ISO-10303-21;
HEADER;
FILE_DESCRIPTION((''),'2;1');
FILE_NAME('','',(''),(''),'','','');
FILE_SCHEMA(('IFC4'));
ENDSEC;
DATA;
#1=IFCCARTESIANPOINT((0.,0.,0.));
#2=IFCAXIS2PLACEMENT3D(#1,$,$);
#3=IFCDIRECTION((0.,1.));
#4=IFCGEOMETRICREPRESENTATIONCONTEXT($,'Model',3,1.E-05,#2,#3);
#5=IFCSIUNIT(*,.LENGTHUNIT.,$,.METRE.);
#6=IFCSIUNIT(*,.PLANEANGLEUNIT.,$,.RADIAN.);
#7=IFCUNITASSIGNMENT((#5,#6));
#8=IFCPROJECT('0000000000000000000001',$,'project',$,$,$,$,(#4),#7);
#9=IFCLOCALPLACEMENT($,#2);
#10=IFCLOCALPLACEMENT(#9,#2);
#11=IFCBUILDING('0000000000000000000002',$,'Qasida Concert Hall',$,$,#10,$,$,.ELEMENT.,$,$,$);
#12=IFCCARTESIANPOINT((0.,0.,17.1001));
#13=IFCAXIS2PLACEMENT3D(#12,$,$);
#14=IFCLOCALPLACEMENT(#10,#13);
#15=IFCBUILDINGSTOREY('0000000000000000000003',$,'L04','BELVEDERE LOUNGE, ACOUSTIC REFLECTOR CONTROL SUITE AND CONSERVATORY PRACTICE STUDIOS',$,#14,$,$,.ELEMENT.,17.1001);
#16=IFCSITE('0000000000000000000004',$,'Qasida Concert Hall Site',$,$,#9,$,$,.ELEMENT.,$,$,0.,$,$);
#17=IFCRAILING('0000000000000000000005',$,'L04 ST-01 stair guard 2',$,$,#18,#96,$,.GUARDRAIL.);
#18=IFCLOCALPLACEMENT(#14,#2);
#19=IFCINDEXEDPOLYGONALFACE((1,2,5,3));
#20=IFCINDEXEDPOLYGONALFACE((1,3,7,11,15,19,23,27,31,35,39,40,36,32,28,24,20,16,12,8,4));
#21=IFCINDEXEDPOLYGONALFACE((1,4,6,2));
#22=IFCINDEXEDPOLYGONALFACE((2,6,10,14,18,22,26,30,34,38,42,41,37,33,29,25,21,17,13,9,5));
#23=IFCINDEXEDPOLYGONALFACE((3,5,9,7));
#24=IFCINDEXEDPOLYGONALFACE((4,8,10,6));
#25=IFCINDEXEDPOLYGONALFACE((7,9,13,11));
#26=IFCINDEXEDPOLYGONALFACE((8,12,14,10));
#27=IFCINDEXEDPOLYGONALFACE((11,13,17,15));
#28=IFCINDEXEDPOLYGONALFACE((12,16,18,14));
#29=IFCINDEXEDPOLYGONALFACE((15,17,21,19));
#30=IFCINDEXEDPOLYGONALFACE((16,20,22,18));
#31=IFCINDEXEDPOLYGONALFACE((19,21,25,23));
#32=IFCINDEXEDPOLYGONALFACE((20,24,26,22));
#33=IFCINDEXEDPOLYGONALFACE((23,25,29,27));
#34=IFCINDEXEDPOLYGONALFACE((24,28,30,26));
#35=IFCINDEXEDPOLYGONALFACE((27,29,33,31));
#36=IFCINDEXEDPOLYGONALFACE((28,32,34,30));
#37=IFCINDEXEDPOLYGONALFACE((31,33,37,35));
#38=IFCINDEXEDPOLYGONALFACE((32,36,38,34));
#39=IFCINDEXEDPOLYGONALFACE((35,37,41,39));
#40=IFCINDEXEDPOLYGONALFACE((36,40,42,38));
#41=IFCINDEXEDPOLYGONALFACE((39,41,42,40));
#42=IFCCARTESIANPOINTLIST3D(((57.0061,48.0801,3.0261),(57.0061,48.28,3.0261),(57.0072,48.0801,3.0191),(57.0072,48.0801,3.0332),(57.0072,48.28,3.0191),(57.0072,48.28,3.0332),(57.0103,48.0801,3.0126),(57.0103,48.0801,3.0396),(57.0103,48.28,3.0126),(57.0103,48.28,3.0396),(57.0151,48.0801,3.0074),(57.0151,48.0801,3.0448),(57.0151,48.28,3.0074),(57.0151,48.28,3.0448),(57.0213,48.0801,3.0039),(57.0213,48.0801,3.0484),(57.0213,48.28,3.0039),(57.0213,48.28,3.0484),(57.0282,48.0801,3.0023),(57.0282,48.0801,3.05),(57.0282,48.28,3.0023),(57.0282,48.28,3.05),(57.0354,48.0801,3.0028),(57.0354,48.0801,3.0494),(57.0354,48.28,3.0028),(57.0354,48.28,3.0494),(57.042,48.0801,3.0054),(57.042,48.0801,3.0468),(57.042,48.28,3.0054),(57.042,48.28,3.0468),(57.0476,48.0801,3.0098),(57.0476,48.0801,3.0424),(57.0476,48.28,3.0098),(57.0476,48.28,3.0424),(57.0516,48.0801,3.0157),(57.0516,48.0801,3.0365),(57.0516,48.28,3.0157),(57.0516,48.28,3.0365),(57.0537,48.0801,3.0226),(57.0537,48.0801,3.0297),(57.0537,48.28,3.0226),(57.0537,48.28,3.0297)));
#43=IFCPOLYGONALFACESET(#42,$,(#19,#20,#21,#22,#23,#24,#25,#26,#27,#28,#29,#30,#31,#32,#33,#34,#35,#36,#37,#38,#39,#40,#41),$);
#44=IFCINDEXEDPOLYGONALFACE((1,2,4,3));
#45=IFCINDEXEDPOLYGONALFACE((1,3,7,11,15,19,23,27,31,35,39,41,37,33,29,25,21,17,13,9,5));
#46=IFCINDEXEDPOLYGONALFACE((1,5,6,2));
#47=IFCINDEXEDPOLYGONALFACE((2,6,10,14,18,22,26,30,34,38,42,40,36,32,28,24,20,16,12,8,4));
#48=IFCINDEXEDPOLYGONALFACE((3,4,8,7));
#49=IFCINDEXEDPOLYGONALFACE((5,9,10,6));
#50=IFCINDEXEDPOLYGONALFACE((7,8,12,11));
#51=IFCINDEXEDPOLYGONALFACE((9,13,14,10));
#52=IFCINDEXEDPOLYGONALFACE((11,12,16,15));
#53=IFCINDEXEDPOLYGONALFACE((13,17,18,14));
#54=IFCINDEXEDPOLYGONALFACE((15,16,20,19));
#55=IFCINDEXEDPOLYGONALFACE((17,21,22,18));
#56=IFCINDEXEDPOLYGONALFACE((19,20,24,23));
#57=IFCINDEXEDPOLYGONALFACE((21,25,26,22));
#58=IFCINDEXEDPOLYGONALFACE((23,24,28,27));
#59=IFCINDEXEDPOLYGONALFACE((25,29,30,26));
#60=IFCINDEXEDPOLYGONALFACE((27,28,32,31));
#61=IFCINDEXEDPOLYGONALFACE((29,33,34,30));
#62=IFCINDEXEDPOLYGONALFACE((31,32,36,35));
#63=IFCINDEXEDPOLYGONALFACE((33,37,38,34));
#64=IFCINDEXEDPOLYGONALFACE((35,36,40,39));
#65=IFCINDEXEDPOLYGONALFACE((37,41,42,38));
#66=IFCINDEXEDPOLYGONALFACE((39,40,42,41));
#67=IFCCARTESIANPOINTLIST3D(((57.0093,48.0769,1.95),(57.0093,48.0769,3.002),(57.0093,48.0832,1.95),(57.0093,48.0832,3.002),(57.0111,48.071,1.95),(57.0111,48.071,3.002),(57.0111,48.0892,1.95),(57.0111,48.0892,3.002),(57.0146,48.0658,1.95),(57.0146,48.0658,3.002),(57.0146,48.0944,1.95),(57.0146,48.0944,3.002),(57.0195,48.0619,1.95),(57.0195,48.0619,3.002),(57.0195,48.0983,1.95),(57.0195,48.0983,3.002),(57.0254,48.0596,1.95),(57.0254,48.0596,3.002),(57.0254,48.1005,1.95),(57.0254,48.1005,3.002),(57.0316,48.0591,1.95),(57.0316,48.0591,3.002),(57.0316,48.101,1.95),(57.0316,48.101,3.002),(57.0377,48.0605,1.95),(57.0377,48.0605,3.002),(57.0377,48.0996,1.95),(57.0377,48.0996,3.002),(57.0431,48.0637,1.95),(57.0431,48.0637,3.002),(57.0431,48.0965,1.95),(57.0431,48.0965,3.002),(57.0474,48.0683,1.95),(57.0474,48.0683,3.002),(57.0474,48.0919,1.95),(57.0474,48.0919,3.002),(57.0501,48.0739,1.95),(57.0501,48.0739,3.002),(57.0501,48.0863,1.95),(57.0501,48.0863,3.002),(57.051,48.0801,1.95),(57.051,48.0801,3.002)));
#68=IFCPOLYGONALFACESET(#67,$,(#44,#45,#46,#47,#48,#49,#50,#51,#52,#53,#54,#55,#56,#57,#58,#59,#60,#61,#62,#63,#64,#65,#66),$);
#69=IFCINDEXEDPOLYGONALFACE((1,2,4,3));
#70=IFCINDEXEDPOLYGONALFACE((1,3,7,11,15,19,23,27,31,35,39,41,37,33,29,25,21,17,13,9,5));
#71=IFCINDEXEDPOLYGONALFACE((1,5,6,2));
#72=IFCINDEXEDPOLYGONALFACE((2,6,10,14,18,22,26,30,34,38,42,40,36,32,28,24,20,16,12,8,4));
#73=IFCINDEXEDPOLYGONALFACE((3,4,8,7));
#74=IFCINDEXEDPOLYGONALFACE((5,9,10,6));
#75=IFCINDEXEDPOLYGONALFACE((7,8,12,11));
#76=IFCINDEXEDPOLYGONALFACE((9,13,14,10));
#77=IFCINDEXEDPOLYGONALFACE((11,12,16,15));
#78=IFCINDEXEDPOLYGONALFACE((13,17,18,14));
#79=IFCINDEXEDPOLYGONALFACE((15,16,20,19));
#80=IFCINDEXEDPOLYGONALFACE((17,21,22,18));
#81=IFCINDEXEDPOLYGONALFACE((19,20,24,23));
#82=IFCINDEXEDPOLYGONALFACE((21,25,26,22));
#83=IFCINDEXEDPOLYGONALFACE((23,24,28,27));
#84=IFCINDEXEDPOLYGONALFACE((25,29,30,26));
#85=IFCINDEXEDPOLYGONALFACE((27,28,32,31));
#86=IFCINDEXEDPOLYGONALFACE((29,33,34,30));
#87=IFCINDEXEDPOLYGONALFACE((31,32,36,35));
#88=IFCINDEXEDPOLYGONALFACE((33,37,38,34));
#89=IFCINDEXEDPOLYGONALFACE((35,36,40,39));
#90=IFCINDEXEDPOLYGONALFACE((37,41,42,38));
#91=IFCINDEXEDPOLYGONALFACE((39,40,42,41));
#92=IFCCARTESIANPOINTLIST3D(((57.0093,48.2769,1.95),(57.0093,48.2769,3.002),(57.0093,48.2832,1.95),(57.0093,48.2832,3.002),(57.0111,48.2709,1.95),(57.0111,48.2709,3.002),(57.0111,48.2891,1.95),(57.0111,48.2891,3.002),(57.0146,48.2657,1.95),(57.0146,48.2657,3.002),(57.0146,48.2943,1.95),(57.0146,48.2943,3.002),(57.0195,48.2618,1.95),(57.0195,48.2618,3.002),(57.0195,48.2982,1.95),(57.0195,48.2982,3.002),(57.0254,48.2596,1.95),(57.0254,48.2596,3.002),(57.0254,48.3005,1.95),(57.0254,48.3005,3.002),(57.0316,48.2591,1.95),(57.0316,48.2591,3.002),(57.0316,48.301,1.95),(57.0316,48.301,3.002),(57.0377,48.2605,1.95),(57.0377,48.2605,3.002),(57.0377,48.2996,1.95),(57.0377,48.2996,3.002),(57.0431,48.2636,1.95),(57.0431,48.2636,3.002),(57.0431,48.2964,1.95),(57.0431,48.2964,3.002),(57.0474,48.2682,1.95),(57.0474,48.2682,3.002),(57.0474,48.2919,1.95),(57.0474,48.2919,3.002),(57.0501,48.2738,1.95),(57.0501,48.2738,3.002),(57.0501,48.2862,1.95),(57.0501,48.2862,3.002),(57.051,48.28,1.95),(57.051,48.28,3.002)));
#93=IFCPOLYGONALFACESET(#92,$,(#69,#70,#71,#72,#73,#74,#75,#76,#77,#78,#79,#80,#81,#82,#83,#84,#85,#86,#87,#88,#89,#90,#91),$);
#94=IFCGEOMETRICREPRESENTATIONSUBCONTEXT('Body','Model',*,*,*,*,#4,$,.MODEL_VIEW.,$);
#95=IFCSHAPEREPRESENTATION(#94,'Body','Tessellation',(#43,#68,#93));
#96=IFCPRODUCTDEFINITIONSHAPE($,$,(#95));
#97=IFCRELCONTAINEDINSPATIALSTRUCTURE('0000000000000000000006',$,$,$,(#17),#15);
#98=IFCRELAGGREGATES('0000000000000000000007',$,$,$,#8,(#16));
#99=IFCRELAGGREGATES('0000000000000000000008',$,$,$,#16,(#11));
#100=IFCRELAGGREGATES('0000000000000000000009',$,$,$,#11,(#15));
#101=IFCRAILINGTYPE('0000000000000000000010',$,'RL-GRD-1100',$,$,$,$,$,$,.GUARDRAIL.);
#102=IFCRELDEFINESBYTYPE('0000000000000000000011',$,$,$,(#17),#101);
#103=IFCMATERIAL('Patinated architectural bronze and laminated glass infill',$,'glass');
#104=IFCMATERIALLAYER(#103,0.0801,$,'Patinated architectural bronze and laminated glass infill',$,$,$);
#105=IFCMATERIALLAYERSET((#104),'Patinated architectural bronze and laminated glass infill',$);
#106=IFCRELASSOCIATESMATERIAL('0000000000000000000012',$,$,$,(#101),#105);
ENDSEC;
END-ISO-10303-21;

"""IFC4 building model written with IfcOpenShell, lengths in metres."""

from ifc_helpers import new_model, si_unit, direction, frame, origin, origin_2d, place, context, subcontext, project, spatial, circle, extrude, material, layer, layer_set, type_object, element, save


model = new_model("IFC4")

# Units and contexts
model_context = context("Model", 3, precision=1e-05, world=origin(), true_north=direction((0.0, 1.0)))
body_context = subcontext(model_context, "Body", "Model", "MODEL_VIEW")
ifc_project = project(units=[si_unit("LENGTHUNIT", "METRE"), si_unit("PLANEANGLEUNIT", "RADIAN")], contexts=[model_context])

# Site, building, storey
site_placement = place(None, origin())
site = spatial("IfcSite", under=ifc_project, at=site_placement, Name="Qasida Concert Hall Site", CompositionType="ELEMENT", RefElevation=0.0)
building_placement = place(site_placement, origin())
building = spatial("IfcBuilding", under=site, at=building_placement, Name="Qasida Concert Hall", CompositionType="ELEMENT")
storey_placement = place(building_placement, frame((0.0, 0.0, 17.1001)))
storey = spatial("IfcBuildingStorey", under=building, at=storey_placement, Name="L04", Description="BELVEDERE LOUNGE, ACOUSTIC REFLECTOR CONTROL SUITE AND CONSERVATORY PRACTICE STUDIOS", CompositionType="ELEMENT", Elevation=17.1001)

# Railing
ifc_material_1 = material(Name="Patinated architectural bronze and laminated glass infill", Category="glass")
ifc_layer_1 = layer(ifc_material_1, 0.0801, Name="Patinated architectural bronze and laminated glass infill")
ifc_layer_set_1 = layer_set([ifc_layer_1], Name="Patinated architectural bronze and laminated glass infill")
railing_type_1 = type_object("IfcRailingType", Name="RL-GRD-1100", PredefinedType="GUARDRAIL", material=ifc_layer_set_1)
railing_1_placement = place(storey_placement, frame((57.03, 48.0801, 1.95)))
element("IfcRailing", 1, at=railing_1_placement, inside=storey, type_object=railing_type_1, Name="L04 ST-01 stair guard 2", PredefinedType="GUARDRAIL", context=body_context, shape_type="SweptSolid", body=[
    extrude(circle(Radius=0.0239, at=origin_2d()), frame((0.0, 0.0, 1.0762), z_axis=(0.0, 1.0, 0.0), x_axis=(-1.0, 0.0, 0.0)), (0.0, 0.0, 1.0), 0.2),
    extrude(circle(Radius=0.021, at=origin_2d()), origin(), (0.0, 0.0, 1.0), 1.052),
    extrude(circle(Radius=0.021, at=origin_2d()), frame((0.0, 0.2, 0.0)), (0.0, 0.0, 1.0), 1.052),
])

save(model, "model.ifc")
